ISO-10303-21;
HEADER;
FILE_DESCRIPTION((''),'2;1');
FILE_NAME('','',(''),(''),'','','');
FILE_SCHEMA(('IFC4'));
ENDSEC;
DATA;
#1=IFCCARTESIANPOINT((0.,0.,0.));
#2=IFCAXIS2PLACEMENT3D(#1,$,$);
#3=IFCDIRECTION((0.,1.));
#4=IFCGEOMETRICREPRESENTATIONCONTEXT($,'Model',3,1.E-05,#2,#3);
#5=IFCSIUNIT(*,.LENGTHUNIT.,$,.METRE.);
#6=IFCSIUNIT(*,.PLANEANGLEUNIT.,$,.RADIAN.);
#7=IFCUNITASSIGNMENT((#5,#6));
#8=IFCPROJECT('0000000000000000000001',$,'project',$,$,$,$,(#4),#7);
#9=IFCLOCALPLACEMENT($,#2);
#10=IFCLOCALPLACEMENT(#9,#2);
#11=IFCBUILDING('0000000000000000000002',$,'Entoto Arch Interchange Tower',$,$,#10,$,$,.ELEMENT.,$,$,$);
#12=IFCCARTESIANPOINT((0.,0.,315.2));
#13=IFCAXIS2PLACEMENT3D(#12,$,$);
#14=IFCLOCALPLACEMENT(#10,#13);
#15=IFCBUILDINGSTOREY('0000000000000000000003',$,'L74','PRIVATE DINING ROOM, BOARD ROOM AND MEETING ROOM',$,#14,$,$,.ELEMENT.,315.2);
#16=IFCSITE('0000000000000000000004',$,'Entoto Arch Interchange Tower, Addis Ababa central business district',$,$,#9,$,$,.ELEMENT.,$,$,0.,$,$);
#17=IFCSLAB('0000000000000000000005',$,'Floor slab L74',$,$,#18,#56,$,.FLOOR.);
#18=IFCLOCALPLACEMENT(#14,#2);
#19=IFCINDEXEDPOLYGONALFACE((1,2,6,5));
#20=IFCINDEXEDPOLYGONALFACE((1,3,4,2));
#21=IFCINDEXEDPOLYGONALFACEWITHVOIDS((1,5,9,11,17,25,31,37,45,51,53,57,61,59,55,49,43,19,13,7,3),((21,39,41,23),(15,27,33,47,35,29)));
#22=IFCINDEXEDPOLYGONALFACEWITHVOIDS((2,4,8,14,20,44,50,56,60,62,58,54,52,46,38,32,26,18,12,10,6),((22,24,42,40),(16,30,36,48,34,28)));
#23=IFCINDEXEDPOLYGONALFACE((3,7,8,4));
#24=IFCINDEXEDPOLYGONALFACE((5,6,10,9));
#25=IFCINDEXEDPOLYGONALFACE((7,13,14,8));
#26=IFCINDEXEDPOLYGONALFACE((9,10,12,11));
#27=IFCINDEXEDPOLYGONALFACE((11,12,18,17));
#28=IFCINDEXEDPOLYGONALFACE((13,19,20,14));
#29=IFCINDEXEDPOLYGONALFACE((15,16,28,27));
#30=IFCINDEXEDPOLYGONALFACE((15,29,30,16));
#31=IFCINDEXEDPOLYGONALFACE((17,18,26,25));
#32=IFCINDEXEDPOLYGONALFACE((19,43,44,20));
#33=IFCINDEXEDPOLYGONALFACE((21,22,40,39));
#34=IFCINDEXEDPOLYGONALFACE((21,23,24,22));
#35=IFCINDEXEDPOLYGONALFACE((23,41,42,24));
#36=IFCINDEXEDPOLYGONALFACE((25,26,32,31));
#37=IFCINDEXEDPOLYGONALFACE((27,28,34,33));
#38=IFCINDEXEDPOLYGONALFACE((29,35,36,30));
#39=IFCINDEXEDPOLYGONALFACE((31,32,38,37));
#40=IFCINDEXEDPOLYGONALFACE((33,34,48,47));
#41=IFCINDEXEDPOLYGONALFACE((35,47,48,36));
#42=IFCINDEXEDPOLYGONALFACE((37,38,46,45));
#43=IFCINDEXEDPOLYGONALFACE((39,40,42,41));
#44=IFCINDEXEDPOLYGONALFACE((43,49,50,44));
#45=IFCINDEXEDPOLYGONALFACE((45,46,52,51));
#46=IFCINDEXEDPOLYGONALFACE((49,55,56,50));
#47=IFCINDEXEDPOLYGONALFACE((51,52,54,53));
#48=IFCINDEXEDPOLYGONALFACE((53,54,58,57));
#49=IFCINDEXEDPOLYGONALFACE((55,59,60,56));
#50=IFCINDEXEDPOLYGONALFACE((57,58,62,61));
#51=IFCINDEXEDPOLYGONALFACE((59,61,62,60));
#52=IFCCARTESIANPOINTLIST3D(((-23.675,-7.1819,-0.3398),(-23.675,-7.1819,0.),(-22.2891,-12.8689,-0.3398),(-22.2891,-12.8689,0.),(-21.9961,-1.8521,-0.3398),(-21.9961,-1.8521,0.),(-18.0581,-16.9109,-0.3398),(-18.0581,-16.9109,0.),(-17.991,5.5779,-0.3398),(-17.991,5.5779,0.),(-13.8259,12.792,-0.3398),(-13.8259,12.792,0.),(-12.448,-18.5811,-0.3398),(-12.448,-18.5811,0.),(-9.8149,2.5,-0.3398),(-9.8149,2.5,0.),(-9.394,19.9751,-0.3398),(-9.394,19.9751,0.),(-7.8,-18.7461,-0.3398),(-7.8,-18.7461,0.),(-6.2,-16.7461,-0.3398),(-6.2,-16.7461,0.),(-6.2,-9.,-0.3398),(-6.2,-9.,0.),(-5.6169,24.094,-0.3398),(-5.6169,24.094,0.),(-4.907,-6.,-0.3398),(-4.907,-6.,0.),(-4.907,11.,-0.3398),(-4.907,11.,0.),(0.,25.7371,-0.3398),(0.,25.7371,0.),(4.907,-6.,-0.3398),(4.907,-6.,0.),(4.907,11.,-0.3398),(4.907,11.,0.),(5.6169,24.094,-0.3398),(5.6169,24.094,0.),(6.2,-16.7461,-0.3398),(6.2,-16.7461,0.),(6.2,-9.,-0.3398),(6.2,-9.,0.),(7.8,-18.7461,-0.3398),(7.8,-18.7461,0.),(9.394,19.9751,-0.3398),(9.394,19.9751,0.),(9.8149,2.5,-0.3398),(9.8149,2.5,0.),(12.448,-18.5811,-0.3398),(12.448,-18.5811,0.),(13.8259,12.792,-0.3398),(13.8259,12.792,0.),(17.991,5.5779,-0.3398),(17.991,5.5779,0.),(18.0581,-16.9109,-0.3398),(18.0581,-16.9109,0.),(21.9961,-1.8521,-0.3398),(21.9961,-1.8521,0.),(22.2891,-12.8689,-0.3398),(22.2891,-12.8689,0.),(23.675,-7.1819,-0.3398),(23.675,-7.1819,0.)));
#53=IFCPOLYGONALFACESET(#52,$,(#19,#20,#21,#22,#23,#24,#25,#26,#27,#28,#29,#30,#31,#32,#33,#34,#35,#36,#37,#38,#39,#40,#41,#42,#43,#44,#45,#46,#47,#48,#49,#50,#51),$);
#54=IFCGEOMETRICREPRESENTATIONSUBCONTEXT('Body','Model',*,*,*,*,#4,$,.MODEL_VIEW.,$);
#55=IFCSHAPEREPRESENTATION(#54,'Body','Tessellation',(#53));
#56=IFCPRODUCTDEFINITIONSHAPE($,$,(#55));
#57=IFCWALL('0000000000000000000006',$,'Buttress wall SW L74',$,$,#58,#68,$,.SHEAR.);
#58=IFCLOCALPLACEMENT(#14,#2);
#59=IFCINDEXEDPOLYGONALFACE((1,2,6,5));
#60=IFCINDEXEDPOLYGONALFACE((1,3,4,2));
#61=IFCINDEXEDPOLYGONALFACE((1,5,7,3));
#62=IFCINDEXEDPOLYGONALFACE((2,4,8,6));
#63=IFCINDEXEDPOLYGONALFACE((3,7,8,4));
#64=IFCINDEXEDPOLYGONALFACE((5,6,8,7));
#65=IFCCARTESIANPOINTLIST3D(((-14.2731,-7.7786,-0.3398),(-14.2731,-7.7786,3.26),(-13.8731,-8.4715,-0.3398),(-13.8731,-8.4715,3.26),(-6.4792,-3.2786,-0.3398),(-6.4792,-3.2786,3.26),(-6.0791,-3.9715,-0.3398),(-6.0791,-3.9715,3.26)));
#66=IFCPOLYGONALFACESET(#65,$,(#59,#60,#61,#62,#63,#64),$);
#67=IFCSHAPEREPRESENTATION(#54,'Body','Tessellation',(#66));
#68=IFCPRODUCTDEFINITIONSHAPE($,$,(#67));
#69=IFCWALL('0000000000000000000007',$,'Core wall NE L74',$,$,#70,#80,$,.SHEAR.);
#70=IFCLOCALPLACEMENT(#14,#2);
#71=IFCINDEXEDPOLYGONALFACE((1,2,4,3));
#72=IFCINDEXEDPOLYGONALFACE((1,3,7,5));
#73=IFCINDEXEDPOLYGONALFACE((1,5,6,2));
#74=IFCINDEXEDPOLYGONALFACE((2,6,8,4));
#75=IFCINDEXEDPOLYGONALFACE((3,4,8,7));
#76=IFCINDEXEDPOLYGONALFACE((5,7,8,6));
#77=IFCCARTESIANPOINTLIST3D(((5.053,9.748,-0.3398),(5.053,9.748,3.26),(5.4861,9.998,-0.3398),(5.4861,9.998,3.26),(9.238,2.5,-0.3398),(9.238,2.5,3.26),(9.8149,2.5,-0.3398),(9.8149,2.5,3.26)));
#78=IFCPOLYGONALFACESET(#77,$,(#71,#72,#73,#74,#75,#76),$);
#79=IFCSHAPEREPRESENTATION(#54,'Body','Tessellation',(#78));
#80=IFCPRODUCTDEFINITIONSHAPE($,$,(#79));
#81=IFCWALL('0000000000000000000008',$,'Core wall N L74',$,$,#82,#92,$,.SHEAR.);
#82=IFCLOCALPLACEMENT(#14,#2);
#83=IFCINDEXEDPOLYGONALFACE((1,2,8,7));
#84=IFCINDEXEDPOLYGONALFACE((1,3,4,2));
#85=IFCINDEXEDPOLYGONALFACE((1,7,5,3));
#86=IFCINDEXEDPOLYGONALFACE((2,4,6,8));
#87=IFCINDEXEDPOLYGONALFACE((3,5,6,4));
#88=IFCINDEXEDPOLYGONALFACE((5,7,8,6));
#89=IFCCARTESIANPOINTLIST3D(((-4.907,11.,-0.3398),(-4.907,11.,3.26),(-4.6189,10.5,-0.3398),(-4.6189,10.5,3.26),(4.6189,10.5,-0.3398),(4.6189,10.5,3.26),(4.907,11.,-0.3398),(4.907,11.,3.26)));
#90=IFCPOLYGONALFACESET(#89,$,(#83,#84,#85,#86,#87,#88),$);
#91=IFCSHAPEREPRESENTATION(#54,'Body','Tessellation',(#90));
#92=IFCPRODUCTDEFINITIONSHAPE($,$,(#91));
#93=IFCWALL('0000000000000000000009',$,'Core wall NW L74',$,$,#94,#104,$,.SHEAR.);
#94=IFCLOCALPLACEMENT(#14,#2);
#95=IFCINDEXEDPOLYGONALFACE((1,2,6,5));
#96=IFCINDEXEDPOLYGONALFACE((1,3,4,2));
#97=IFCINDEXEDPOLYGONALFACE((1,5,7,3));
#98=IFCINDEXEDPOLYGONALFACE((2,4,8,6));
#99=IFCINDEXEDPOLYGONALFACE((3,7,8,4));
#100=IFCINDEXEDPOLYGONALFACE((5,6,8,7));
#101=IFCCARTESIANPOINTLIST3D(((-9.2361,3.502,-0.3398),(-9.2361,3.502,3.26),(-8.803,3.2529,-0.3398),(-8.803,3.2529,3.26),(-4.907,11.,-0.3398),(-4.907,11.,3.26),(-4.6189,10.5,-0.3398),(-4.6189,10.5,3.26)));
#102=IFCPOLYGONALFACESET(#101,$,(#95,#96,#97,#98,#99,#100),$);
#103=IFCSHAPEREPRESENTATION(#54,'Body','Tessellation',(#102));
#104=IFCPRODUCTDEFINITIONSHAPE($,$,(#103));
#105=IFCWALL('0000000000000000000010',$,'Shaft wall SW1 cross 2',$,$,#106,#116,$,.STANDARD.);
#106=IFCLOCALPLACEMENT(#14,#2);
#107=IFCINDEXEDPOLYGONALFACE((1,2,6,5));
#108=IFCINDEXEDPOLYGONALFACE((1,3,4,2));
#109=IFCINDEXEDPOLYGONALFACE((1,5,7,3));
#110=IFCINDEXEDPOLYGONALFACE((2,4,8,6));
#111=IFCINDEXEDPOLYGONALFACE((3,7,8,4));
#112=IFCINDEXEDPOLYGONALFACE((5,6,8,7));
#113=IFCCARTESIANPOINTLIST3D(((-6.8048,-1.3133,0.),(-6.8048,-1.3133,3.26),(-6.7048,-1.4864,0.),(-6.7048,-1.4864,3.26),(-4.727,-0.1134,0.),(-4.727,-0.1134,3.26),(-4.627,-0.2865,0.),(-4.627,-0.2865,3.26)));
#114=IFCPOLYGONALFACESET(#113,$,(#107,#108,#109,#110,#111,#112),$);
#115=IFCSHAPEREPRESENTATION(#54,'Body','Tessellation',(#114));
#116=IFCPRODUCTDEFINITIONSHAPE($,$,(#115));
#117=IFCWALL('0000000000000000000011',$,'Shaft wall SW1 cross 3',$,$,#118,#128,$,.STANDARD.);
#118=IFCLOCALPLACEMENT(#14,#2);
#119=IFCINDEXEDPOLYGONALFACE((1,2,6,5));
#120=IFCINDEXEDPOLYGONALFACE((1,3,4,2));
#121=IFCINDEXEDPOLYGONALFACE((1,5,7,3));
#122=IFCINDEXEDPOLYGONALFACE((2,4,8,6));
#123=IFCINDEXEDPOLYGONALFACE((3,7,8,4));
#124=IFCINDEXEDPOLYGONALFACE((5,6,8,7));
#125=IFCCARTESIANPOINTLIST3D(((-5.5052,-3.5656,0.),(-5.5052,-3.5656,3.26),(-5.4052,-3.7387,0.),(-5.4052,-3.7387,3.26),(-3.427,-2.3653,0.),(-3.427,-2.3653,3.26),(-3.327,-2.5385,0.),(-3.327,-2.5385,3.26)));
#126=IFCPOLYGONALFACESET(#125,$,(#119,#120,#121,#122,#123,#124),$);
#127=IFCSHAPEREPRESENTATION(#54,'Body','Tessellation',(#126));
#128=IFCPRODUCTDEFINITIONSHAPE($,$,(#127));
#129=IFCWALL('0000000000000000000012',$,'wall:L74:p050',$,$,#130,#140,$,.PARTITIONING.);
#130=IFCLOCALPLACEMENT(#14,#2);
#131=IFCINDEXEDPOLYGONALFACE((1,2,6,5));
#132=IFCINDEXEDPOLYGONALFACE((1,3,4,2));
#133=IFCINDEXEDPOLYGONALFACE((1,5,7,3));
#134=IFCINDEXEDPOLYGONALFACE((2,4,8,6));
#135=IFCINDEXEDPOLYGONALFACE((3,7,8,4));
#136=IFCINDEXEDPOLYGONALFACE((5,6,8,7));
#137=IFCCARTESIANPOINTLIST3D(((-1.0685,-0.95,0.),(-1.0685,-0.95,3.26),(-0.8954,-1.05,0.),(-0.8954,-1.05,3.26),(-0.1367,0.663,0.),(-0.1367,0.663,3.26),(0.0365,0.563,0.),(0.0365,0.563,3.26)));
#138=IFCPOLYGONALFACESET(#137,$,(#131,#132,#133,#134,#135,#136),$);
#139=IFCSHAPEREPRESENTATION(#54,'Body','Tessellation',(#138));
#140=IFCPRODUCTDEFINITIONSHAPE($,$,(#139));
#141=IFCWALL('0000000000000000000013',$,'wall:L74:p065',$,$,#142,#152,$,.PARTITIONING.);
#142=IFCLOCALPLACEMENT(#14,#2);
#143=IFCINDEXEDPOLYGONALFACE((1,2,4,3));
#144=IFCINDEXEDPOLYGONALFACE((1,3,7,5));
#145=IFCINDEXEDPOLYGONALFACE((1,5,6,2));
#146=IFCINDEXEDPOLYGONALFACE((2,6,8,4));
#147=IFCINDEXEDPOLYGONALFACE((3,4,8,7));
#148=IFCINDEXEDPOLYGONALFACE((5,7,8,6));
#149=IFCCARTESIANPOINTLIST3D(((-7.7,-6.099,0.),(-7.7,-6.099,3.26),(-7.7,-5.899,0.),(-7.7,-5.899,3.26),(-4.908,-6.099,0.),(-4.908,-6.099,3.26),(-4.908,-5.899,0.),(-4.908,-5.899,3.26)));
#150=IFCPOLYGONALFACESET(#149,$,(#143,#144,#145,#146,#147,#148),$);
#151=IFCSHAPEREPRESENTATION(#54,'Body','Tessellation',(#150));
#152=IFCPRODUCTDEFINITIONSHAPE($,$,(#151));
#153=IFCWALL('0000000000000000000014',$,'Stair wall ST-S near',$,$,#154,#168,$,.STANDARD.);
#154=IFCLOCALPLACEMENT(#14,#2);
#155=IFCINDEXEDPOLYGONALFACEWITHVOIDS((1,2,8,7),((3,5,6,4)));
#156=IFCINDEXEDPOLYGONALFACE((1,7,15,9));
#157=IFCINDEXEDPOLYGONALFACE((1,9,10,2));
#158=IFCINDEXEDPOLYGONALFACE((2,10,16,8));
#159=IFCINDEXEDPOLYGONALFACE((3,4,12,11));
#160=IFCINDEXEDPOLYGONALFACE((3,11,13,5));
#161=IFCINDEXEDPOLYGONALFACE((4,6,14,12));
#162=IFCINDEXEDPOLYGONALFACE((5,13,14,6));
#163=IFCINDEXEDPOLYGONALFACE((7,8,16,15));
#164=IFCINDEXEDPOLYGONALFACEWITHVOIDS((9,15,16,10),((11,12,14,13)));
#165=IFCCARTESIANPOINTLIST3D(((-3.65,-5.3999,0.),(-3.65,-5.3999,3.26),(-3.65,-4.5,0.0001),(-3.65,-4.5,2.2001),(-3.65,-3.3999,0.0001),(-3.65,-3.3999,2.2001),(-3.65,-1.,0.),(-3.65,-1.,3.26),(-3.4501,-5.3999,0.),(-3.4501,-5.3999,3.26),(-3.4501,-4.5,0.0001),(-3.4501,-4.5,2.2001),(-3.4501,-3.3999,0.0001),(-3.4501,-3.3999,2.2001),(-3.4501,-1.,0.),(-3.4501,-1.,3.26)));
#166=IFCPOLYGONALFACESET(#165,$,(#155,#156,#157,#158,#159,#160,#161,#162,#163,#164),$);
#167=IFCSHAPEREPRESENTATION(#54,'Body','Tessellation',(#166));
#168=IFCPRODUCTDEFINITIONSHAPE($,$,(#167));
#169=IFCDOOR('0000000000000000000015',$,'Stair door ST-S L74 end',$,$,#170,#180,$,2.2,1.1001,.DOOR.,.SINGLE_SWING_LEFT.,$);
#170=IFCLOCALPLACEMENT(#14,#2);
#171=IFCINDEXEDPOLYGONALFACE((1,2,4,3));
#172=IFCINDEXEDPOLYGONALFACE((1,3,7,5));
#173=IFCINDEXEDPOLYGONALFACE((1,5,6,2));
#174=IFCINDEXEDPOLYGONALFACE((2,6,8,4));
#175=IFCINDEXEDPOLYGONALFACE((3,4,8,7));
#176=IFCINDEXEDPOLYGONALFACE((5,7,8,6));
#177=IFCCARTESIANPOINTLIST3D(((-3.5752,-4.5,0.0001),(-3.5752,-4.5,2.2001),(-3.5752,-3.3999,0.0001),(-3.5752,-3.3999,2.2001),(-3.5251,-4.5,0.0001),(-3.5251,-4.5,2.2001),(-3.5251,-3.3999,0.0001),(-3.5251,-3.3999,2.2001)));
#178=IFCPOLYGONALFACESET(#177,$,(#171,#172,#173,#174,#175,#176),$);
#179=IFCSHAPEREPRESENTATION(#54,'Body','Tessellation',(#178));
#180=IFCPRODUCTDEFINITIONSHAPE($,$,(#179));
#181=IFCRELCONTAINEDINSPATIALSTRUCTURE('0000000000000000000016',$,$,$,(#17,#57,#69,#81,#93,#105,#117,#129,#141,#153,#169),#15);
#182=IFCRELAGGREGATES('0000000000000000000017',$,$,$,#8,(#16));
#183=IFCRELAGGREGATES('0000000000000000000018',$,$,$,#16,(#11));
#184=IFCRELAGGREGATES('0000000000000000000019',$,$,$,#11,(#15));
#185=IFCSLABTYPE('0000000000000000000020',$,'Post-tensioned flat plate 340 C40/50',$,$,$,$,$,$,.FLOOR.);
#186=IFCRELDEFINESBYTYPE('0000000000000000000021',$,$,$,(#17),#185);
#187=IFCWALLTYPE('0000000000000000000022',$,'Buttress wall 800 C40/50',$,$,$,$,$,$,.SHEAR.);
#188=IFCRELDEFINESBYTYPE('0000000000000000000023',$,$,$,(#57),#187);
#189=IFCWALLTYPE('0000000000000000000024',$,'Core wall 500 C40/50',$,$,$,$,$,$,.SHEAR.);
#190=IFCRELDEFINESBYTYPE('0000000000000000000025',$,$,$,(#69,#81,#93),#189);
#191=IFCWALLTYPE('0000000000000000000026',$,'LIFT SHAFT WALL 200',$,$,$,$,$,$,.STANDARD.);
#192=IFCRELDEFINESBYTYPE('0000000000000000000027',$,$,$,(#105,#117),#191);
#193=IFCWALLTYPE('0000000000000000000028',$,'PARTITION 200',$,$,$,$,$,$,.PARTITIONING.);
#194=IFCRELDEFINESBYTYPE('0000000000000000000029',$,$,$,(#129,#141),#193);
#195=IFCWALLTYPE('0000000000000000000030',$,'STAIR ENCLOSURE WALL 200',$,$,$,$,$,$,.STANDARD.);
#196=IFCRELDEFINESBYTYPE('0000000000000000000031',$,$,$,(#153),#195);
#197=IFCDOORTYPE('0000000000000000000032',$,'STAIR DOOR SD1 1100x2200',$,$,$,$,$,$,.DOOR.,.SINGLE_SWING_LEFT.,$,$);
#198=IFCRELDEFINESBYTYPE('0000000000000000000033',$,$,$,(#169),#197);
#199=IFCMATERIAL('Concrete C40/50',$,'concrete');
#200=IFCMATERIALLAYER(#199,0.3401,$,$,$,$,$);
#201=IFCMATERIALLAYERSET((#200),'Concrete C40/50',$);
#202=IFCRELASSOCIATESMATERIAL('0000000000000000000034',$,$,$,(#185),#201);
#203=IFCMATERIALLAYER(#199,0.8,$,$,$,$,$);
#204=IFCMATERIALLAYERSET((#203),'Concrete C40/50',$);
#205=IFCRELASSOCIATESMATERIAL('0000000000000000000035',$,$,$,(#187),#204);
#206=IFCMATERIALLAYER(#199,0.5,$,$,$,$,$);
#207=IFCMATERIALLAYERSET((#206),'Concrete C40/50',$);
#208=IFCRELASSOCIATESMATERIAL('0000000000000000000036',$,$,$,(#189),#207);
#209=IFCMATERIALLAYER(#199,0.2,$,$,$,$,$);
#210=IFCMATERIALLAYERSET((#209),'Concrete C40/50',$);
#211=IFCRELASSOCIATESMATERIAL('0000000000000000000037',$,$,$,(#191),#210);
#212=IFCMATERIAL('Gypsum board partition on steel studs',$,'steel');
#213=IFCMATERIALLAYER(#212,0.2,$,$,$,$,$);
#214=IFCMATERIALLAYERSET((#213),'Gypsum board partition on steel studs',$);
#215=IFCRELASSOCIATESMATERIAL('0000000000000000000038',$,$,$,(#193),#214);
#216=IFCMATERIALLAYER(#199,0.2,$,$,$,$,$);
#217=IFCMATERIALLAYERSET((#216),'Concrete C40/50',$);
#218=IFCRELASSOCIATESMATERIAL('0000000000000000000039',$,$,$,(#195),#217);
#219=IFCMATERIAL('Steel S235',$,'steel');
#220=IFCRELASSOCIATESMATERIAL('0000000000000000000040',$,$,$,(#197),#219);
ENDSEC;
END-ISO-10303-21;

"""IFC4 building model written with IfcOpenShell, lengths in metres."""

from ifc_helpers import new_model, si_unit, direction, frame, frame_2d, origin, place, context, subcontext, project, spatial, polyline, rectangle, outline, extrude, material, layer, layer_set, type_object, element, fill, save


model = new_model("IFC4")

# Units and contexts
model_context = context("Model", 3, precision=1e-05, world=origin(), true_north=direction((0.0, 1.0)))
body_context = subcontext(model_context, "Body", "Model", "MODEL_VIEW")
ifc_project = project(units=[si_unit("LENGTHUNIT", "METRE"), si_unit("PLANEANGLEUNIT", "RADIAN")], contexts=[model_context])

# Site, building, storey
site_placement = place(None, origin())
site = spatial("IfcSite", under=ifc_project, at=site_placement, Name="Entoto Arch Interchange Tower, Addis Ababa central business district", CompositionType="ELEMENT", RefElevation=0.0)
building_placement = place(site_placement, origin())
building = spatial("IfcBuilding", under=site, at=building_placement, Name="Entoto Arch Interchange Tower", CompositionType="ELEMENT")
storey_placement = place(building_placement, frame((0.0, 0.0, 315.2)))
storey = spatial("IfcBuildingStorey", under=building, at=storey_placement, Name="L74", Description="PRIVATE DINING ROOM, BOARD ROOM AND MEETING ROOM", CompositionType="ELEMENT", Elevation=315.2)

# Shared definitions
ifc_material_1 = material(Name="Concrete C40/50", Category="concrete")

# Slab
ifc_layer_1 = layer(ifc_material_1, 0.3401)
ifc_layer_set_1 = layer_set([ifc_layer_1], Name="Concrete C40/50")
slab_type = type_object("IfcSlabType", Name="Post-tensioned flat plate 340 C40/50", PredefinedType="FLOOR", material=ifc_layer_set_1)
slab_placement = place(storey_placement, frame((0.0, 0.0, -0.3398)))
element("IfcSlab", 1, at=slab_placement, inside=storey, type_object=slab_type, Name="Floor slab L74", PredefinedType="FLOOR", context=body_context, shape_type="SweptSolid", body=[
    extrude(outline(polyline([(-12.448, -18.5811), (-7.8, -18.7461), (7.8, -18.7461), (12.448, -18.5811), (18.0581, -16.9109), (22.2891, -12.8689), (23.675, -7.1819), (21.9961, -1.8521), (17.991, 5.5779), (13.8259, 12.792), (9.394, 19.9751), (5.6169, 24.094), (0.0, 25.7371), (-5.6169, 24.094), (-9.394, 19.9751), (-13.8259, 12.792), (-17.991, 5.5779), (-21.9961, -1.8521), (-23.675, -7.1819), (-22.2891, -12.8689), (-18.0581, -16.9109), (-12.448, -18.5811)]), holes=[polyline([(6.2, -16.7461), (6.2, -9.0), (-6.2, -9.0), (-6.2, -16.7461), (6.2, -16.7461)]), polyline([(9.8149, 2.5), (4.907, 11.0), (-4.907, 11.0), (-9.8149, 2.5), (-4.907, -6.0), (4.907, -6.0), (9.8149, 2.5)])]), origin(), (0.0, 0.0, 1.0), 0.3398),
])

# Walls
ifc_layer_2 = layer(ifc_material_1, 0.8)
ifc_layer_set_2 = layer_set([ifc_layer_2], Name="Concrete C40/50")
wall_type_1 = type_object("IfcWallType", Name="Buttress wall 800 C40/50", PredefinedType="SHEAR", material=ifc_layer_set_2)
wall_1_placement = place(storey_placement, frame((-6.2791, -3.625, -0.3398), z_axis=(0.0, 0.0, 1.0), x_axis=(-0.866018, -0.500014, 0.0)))
element("IfcWall", 2, at=wall_1_placement, inside=storey, type_object=wall_type_1, Name="Buttress wall SW L74", PredefinedType="SHEAR", context=body_context, shape_type="SweptSolid", body=[
    extrude(rectangle(XDim=8.9998, YDim=0.8, at=frame_2d((4.5, 0.0))), origin(), (0.0, 0.0, 1.0), 3.5999),
])
ifc_layer_3 = layer(ifc_material_1, 0.5)
ifc_layer_set_3 = layer_set([ifc_layer_3], Name="Concrete C40/50")
wall_type_2 = type_object("IfcWallType", Name="Core wall 500 C40/50", PredefinedType="SHEAR", material=ifc_layer_set_3)
wall_2_placement = place(storey_placement, frame((0.0, 0.0, -0.3398)))
element("IfcWall", 3, at=wall_2_placement, inside=storey, type_object=wall_type_2, Name="Core wall NE L74", PredefinedType="SHEAR", context=body_context, shape_type="SweptSolid", body=[
    extrude(outline(polyline([(5.4861, 9.998), (5.053, 9.748), (9.238, 2.5), (9.8149, 2.5), (5.4861, 9.998)])), origin(), (0.0, 0.0, 1.0), 3.5999),
])
wall_3_placement = place(storey_placement, frame((0.0, 0.0, -0.3398)))
element("IfcWall", 4, at=wall_3_placement, inside=storey, type_object=wall_type_2, Name="Core wall N L74", PredefinedType="SHEAR", context=body_context, shape_type="SweptSolid", body=[
    extrude(outline(polyline([(4.907, 11.0), (-4.907, 11.0), (-4.6189, 10.5), (4.6189, 10.5), (4.907, 11.0)])), origin(), (0.0, 0.0, 1.0), 3.5999),
])
wall_4_placement = place(storey_placement, frame((0.0, 0.0, -0.3398)))
element("IfcWall", 5, at=wall_4_placement, inside=storey, type_object=wall_type_2, Name="Core wall NW L74", PredefinedType="SHEAR", context=body_context, shape_type="SweptSolid", body=[
    extrude(outline(polyline([(-9.2361, 3.502), (-8.803, 3.2529), (-4.6189, 10.5), (-4.907, 11.0), (-9.2361, 3.502)])), origin(), (0.0, 0.0, 1.0), 3.5999),
])
ifc_layer_4 = layer(ifc_material_1, 0.2)
ifc_layer_set_4 = layer_set([ifc_layer_4], Name="Concrete C40/50")
wall_type_3 = type_object("IfcWallType", Name="LIFT SHAFT WALL 200", PredefinedType="STANDARD", material=ifc_layer_set_4)
wall_5_placement = place(storey_placement, frame((-4.677, -0.2, 0.0), z_axis=(0.0, 0.0, 1.0), x_axis=(-0.865974, -0.500089, 0.0)))
element("IfcWall", 6, at=wall_5_placement, inside=storey, type_object=wall_type_3, Name="Shaft wall SW1 cross 2", PredefinedType="STANDARD", context=body_context, shape_type="SweptSolid", body=[
    extrude(rectangle(XDim=2.3994, YDim=0.2, at=frame_2d((1.1997, 0.0))), origin(), (0.0, 0.0, 1.0), 3.26),
])
wall_6_placement = place(storey_placement, frame((-3.377, -2.4519, 0.0), z_axis=(0.0, 0.0, 1.0), x_axis=(-0.865955, -0.500122, 0.0)))
element("IfcWall", 7, at=wall_6_placement, inside=storey, type_object=wall_type_3, Name="Shaft wall SW1 cross 3", PredefinedType="STANDARD", context=body_context, shape_type="SweptSolid", body=[
    extrude(rectangle(XDim=2.3999, YDim=0.2, at=frame_2d((1.2, 0.0))), origin(), (0.0, 0.0, 1.0), 3.26),
])
ifc_material_2 = material(Name="Gypsum board partition on steel studs", Category="steel")
ifc_layer_5 = layer(ifc_material_2, 0.2)
ifc_layer_set_5 = layer_set([ifc_layer_5], Name="Gypsum board partition on steel studs")
wall_type_4 = type_object("IfcWallType", Name="PARTITION 200", PredefinedType="PARTITIONING", material=ifc_layer_set_5)
wall_7_placement = place(storey_placement, frame((-0.9819, -1.0, 0.0), z_axis=(0.0, 0.0, 1.0), x_axis=(0.50024, 0.865887, 0.0)))
element("IfcWall", 8, at=wall_7_placement, inside=storey, type_object=wall_type_4, Name="wall:L74:p050", PredefinedType="PARTITIONING", context=body_context, shape_type="SweptSolid", body=[
    extrude(rectangle(XDim=1.8628, YDim=0.2, at=frame_2d((0.9314, 0.0))), origin(), (0.0, 0.0, 1.0), 3.26),
])
wall_8_placement = place(storey_placement, frame((-7.7, -5.999, 0.0), z_axis=(0.0, 0.0, 1.0), x_axis=(1.0, 0.0, 0.0)))
element("IfcWall", 9, at=wall_8_placement, inside=storey, type_object=wall_type_4, Name="wall:L74:p065", PredefinedType="PARTITIONING", context=body_context, shape_type="SweptSolid", body=[
    extrude(rectangle(XDim=2.792, YDim=0.2, at=frame_2d((1.396, 0.0))), origin(), (0.0, 0.0, 1.0), 3.26),
])

# Wall, opening, door
ifc_layer_6 = layer(ifc_material_1, 0.2)
ifc_layer_set_6 = layer_set([ifc_layer_6], Name="Concrete C40/50")
wall_type_5 = type_object("IfcWallType", Name="STAIR ENCLOSURE WALL 200", PredefinedType="STANDARD", material=ifc_layer_set_6)
wall_9_placement = place(storey_placement, frame((-3.55, -1.0, 0.0), z_axis=(0.0, 0.0, 1.0), x_axis=(0.0, -1.0, 0.0)))
wall_9 = element("IfcWall", 10, at=wall_9_placement, inside=storey, type_object=wall_type_5, Name="Stair wall ST-S near", PredefinedType="STANDARD", context=body_context, shape_type="SweptSolid", body=[
    extrude(rectangle(XDim=4.3999, YDim=0.2, at=frame_2d((2.2, 0.0))), origin(), (0.0, 0.0, 1.0), 3.26),
])
opening_1_placement = place(wall_9_placement, frame((2.3999, 0.0, 0.0)))
opening_1 = element("IfcOpeningElement", 11, at=opening_1_placement, cuts=wall_9, PredefinedType="OPENING", context=body_context, shape_type="SweptSolid", body=[
    extrude(rectangle(XDim=1.1001, YDim=2.2, at=frame_2d((0.55, 1.1001))), frame((0.0, 0.1099, 0.0), z_axis=(0.0, -1.0, 0.0), x_axis=(1.0, 0.0, 0.0)), (0.0, 0.0, 1.0), 0.22),
])
ifc_material_3 = material(Name="Steel S235", Category="steel")
door_type = type_object("IfcDoorType", Name="STAIR DOOR SD1 1100x2200", OperationType="SINGLE_SWING_LEFT", PredefinedType="DOOR", material=ifc_material_3)
door_1_placement = place(opening_1_placement, origin())
door_1 = element("IfcDoor", 12, at=door_1_placement, inside=storey, type_object=door_type, Name="Stair door ST-S L74 end", OperationType="SINGLE_SWING_LEFT", OverallHeight=2.2, OverallWidth=1.1001, PredefinedType="DOOR", context=body_context, shape_type="SweptSolid", body=[
    extrude(rectangle(XDim=1.1001, YDim=2.2, at=frame_2d((0.55, 1.1001))), frame((0.0, 0.0249, 0.0), z_axis=(0.0, -1.0, 0.0), x_axis=(1.0, 0.0, 0.0)), (0.0, 0.0, 1.0), 0.05),
])
fill(opening_1, door_1)

save(model, "model.ifc")
